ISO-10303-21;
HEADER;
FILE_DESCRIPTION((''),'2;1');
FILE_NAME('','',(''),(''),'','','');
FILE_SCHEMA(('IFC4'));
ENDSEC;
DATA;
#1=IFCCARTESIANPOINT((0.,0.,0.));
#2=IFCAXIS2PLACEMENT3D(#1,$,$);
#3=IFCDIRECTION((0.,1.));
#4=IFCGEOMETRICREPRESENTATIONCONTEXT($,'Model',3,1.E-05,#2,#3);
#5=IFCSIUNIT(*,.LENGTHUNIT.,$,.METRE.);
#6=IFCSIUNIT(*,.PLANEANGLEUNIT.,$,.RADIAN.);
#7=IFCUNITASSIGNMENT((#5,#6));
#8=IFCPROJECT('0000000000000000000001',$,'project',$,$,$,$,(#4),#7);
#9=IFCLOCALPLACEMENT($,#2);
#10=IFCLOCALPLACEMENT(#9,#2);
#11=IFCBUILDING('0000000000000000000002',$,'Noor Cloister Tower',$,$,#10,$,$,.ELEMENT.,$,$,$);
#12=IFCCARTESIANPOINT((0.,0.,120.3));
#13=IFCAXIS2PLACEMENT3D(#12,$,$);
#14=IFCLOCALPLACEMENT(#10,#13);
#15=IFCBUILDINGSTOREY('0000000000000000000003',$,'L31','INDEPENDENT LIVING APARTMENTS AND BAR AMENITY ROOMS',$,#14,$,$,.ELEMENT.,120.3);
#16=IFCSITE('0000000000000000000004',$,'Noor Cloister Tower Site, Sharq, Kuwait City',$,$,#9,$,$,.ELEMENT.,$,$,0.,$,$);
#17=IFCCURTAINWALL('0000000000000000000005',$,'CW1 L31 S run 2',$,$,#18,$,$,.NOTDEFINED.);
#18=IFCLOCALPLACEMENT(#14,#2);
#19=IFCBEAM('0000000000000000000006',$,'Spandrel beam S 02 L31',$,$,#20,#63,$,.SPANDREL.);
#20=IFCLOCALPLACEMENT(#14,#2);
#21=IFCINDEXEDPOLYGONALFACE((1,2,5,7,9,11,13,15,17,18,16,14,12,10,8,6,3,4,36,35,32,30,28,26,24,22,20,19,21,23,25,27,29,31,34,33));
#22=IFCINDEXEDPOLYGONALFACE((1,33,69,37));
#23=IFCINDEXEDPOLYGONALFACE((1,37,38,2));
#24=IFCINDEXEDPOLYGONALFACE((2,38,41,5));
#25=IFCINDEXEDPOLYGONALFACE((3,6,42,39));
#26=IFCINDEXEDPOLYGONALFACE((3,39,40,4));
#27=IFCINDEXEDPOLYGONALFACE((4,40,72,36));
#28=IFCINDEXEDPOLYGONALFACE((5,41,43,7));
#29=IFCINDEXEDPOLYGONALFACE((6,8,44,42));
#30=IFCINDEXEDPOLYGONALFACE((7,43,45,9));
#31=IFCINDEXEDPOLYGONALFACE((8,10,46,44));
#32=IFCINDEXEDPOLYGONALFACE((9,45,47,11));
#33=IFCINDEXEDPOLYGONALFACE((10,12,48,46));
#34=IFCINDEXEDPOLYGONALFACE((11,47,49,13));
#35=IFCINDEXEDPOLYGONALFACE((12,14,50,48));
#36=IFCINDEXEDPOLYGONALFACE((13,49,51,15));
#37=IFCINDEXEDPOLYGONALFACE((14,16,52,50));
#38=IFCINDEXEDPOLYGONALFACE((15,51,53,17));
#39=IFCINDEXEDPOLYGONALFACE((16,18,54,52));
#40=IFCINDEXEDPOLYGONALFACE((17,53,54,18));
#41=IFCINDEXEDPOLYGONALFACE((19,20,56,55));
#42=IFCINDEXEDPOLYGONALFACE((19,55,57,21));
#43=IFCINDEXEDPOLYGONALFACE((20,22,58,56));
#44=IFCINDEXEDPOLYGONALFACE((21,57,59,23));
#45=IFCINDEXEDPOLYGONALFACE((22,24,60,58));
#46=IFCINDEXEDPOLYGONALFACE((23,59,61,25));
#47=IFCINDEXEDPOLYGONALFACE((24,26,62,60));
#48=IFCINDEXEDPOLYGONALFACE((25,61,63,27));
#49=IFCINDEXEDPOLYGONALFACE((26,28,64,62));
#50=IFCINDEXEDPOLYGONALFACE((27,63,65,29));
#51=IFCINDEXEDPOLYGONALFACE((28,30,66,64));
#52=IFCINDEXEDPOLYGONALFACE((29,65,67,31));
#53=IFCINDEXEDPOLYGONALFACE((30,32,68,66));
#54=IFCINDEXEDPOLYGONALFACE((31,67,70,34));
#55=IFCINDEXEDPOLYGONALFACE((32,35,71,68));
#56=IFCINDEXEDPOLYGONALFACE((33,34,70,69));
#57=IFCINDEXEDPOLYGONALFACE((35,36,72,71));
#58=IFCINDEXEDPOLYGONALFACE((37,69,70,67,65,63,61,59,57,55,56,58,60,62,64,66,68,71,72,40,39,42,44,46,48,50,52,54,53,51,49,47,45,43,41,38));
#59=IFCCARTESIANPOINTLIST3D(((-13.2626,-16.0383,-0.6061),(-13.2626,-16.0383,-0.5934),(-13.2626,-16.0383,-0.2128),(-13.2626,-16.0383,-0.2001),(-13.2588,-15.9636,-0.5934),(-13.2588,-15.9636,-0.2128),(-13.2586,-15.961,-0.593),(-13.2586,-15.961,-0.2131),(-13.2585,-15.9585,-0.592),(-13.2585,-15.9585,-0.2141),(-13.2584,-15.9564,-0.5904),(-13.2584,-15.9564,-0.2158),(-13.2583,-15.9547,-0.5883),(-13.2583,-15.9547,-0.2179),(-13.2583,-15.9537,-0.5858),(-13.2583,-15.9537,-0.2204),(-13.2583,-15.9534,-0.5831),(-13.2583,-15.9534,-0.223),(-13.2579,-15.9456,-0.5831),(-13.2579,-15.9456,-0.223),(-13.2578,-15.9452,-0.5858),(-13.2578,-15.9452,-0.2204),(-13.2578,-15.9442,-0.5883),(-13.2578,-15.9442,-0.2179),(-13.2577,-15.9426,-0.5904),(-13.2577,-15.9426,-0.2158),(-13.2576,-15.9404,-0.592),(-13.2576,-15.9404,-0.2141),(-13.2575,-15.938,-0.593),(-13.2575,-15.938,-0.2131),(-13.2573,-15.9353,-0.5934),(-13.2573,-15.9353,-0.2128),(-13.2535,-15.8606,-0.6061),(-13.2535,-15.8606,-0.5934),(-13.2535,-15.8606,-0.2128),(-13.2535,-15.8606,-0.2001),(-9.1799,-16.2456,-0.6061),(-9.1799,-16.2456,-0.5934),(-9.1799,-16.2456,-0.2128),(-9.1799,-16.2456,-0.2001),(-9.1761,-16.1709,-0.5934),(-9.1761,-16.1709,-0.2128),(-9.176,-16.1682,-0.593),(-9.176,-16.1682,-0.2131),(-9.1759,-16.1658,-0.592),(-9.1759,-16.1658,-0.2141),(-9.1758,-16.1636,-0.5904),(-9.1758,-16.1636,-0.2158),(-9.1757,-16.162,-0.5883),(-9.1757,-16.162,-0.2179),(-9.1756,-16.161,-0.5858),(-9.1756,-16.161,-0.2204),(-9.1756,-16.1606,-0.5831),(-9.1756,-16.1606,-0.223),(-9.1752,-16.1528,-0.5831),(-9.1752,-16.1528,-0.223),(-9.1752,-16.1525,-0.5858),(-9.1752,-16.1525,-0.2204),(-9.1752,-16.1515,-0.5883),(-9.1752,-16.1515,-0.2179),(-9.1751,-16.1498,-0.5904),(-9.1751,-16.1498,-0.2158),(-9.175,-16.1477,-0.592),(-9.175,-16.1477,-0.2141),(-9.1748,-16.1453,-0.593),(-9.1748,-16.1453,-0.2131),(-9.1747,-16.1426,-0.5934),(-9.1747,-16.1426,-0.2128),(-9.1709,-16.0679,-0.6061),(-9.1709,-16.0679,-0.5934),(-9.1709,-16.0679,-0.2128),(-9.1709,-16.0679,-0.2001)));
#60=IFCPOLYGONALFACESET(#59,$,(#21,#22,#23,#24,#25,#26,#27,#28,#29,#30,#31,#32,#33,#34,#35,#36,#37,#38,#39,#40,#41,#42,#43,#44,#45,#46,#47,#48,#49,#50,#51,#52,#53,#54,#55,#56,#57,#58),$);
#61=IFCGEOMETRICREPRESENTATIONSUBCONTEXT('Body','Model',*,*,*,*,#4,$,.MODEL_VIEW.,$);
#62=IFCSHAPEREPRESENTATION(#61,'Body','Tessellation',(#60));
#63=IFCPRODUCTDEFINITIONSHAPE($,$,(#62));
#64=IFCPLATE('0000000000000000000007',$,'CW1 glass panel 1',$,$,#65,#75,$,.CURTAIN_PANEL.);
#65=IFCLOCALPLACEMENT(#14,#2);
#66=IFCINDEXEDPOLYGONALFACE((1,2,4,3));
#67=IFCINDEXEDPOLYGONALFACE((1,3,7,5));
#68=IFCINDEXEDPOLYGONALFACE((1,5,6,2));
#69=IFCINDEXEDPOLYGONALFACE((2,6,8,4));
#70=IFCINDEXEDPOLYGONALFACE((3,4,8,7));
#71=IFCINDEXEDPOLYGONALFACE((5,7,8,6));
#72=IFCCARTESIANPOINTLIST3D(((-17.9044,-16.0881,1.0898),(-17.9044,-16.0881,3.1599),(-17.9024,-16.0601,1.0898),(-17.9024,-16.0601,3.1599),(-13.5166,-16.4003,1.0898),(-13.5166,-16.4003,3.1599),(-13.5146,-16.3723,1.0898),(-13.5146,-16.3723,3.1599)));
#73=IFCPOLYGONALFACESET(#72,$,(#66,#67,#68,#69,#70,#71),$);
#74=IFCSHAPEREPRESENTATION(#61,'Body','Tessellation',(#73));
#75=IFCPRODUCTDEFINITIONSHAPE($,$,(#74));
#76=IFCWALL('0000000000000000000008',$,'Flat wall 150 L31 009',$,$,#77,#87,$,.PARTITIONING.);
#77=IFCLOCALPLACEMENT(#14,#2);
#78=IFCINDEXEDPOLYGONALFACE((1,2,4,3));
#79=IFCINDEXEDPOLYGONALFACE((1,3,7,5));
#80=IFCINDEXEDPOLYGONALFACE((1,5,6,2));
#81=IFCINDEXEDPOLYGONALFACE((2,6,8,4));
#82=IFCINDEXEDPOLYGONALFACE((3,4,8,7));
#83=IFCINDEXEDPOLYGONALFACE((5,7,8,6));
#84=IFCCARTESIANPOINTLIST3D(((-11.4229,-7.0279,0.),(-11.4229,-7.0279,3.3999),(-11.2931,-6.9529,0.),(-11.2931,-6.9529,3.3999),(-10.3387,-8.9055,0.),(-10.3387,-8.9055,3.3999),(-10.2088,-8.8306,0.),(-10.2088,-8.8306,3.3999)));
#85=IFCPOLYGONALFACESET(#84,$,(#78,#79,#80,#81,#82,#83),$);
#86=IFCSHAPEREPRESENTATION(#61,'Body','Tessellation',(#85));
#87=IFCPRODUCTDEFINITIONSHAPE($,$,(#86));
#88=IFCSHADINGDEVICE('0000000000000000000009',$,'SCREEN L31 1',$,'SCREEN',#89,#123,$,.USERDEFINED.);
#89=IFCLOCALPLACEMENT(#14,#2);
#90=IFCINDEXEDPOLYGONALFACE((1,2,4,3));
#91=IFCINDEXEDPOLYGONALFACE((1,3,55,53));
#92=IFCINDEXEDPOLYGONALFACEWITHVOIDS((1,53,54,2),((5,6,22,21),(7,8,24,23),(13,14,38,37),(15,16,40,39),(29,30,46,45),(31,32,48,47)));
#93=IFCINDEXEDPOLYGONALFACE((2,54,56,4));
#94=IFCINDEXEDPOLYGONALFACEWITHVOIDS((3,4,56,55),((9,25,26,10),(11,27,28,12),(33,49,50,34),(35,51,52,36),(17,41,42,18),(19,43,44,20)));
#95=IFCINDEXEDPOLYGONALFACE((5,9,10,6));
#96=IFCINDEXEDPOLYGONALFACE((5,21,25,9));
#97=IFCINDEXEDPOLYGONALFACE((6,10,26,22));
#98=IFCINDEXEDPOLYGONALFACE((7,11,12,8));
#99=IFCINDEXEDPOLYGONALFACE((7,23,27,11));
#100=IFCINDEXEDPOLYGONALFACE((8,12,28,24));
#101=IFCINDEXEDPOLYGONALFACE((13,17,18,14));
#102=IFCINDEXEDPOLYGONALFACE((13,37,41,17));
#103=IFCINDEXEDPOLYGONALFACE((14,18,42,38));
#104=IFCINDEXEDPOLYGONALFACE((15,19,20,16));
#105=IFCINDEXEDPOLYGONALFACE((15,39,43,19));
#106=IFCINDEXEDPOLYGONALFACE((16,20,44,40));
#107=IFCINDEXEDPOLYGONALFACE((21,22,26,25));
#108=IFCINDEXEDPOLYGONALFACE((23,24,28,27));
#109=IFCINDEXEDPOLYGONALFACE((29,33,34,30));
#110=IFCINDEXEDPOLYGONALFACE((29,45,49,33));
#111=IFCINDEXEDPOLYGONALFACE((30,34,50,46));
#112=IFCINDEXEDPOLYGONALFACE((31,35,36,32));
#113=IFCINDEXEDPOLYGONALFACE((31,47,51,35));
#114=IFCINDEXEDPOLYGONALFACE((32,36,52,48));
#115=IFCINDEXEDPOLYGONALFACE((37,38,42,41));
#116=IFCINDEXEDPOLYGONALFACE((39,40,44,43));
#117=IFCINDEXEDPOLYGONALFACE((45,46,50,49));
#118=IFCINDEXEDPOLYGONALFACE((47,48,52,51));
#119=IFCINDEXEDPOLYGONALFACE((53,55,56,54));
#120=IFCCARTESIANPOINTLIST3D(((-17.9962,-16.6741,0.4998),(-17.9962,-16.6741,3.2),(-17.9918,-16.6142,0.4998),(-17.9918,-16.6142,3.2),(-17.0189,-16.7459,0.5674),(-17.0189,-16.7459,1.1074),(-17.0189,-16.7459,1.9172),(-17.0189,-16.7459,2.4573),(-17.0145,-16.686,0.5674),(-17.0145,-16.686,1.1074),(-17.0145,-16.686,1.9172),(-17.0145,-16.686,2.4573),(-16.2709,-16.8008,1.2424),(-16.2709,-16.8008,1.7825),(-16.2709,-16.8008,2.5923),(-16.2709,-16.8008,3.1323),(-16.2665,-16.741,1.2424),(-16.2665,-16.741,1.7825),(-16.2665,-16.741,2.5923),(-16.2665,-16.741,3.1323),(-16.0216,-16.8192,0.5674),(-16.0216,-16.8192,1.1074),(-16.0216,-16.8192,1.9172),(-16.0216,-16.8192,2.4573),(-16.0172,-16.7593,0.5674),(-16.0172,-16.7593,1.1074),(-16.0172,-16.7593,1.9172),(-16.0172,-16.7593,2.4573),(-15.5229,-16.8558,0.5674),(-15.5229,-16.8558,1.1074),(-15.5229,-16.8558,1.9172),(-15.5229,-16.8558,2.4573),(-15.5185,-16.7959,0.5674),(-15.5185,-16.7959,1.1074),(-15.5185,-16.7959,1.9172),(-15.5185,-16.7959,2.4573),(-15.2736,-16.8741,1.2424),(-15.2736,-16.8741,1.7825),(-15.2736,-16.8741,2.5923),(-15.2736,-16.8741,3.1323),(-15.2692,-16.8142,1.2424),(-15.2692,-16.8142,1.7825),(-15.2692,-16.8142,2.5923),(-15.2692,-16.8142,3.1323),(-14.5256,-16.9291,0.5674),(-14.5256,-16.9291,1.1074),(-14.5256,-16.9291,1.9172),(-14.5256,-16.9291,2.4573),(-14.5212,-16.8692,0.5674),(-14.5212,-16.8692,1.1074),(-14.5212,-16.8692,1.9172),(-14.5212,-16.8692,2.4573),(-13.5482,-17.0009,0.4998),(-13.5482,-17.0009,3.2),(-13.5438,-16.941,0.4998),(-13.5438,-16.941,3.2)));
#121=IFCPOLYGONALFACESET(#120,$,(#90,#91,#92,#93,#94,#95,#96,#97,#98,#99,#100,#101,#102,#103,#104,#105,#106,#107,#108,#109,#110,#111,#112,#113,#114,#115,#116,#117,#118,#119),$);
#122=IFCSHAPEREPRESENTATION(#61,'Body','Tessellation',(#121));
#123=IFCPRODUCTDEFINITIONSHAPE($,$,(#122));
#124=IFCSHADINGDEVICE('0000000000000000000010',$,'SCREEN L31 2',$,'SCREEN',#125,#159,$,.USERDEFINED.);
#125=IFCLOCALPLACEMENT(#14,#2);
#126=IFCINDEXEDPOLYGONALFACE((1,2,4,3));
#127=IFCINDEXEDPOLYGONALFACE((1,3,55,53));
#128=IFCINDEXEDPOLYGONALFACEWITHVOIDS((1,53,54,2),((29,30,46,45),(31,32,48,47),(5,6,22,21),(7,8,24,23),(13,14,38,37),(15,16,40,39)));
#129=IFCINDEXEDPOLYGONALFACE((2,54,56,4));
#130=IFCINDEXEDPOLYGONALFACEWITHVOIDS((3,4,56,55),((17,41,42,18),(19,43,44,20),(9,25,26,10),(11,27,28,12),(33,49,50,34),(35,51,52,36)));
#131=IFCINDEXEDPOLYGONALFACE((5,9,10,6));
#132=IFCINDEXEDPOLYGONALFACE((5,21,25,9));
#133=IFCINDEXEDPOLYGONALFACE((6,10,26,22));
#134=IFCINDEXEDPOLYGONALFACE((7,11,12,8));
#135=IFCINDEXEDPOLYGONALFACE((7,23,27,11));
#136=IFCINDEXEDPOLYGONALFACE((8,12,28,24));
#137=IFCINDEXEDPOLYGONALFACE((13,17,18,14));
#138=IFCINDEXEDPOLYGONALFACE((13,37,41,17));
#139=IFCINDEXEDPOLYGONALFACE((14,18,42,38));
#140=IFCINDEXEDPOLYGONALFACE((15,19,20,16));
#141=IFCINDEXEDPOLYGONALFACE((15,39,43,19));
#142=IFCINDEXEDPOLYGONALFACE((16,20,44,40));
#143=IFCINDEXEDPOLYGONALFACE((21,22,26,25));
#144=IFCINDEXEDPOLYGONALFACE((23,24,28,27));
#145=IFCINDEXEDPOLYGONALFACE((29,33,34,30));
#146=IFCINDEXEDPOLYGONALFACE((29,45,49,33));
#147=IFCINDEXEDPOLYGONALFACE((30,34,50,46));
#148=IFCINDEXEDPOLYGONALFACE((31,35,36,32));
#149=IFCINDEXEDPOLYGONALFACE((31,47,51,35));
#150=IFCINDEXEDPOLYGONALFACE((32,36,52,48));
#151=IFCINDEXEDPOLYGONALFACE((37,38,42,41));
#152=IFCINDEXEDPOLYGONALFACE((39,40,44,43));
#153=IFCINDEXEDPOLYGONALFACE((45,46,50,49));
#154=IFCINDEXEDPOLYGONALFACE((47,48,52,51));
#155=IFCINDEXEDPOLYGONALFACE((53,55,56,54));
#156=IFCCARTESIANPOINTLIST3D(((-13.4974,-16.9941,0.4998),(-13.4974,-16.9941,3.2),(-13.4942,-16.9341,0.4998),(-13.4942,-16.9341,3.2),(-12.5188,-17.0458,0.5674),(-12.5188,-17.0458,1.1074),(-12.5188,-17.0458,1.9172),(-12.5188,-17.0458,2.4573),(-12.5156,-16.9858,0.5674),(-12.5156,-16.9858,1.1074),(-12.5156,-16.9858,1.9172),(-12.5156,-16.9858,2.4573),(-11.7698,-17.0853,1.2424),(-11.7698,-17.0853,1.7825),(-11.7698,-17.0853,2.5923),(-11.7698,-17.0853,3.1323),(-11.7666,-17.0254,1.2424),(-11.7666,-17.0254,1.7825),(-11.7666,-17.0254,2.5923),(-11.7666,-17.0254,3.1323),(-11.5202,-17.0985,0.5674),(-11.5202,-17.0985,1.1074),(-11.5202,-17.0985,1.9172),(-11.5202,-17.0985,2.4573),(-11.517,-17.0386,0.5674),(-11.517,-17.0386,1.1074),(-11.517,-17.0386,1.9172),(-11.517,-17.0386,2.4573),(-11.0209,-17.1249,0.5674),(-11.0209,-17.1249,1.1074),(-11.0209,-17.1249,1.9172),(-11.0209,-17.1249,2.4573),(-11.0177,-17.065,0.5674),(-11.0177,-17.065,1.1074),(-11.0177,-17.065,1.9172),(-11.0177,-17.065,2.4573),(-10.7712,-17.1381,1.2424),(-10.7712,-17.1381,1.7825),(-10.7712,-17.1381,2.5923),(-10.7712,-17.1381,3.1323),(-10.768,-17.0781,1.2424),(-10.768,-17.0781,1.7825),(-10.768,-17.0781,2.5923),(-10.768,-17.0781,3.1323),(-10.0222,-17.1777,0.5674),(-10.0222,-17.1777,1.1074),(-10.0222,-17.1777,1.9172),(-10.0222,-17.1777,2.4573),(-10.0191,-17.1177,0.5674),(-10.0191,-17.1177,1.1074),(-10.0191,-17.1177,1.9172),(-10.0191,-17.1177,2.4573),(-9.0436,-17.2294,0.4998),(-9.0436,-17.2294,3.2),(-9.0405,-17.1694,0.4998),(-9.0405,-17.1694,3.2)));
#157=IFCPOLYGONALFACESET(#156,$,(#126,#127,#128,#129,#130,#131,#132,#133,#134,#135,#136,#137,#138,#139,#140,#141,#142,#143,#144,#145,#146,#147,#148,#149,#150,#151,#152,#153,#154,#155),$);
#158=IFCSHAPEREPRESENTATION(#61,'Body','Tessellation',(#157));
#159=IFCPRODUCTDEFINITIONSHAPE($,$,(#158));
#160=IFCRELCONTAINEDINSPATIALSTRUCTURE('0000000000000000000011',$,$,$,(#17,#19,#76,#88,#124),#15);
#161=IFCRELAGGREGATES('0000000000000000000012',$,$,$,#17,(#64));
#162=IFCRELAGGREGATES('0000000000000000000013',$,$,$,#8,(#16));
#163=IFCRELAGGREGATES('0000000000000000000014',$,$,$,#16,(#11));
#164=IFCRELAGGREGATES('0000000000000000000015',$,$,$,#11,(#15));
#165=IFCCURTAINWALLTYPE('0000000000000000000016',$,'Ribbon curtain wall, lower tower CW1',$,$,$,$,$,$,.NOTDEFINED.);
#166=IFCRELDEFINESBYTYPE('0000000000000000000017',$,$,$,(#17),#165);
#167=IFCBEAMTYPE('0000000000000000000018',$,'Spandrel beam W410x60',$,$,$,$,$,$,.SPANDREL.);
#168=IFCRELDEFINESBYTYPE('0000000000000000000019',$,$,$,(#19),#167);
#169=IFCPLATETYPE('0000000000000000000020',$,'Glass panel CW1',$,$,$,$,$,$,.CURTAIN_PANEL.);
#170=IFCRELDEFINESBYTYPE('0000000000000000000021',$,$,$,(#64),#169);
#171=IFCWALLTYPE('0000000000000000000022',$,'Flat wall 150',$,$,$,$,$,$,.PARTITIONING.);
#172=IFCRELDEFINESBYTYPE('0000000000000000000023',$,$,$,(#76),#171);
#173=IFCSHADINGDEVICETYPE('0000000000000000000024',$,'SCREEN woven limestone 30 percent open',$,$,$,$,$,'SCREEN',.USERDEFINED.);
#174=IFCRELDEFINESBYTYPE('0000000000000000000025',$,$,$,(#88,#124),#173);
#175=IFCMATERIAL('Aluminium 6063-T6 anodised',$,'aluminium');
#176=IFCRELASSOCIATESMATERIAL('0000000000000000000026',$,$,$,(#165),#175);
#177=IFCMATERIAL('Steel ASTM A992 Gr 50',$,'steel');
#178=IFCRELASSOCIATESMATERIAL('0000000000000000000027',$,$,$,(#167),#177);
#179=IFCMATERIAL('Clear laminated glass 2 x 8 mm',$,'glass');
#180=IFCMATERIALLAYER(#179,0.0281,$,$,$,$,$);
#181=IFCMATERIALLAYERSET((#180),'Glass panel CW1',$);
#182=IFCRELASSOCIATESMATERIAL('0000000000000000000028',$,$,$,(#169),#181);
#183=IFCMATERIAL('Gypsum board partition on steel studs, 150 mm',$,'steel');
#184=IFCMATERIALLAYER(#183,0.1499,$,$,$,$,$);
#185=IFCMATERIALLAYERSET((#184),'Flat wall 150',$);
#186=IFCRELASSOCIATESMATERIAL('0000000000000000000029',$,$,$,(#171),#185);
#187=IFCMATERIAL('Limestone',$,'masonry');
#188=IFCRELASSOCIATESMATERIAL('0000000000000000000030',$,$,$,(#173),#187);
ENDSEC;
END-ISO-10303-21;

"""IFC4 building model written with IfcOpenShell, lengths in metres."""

from ifc_helpers import new_model, si_unit, direction, frame, frame_2d, origin, origin_2d, place, context, subcontext, project, spatial, polyline, rectangle, i_section, outline, extrude, material, layer, layer_set, material_profile, profile_set, type_object, element, aggregate, save


model = new_model("IFC4")

# Units and contexts
model_context = context("Model", 3, precision=1e-05, world=origin(), true_north=direction((0.0, 1.0)))
body_context = subcontext(model_context, "Body", "Model", "MODEL_VIEW")
ifc_project = project(units=[si_unit("LENGTHUNIT", "METRE"), si_unit("PLANEANGLEUNIT", "RADIAN")], contexts=[model_context])

# Site, building, storey
site_placement = place(None, origin())
site = spatial("IfcSite", under=ifc_project, at=site_placement, Name="Noor Cloister Tower Site, Sharq, Kuwait City", CompositionType="ELEMENT", RefElevation=0.0)
building_placement = place(site_placement, origin())
building = spatial("IfcBuilding", under=site, at=building_placement, Name="Noor Cloister Tower", CompositionType="ELEMENT")
storey_placement = place(building_placement, frame((0.0, 0.0, 120.3)))
storey = spatial("IfcBuildingStorey", under=building, at=storey_placement, Name="L31", Description="INDEPENDENT LIVING APARTMENTS AND BAR AMENITY ROOMS", CompositionType="ELEMENT", Elevation=120.3)

# Shared definitions
ifc_material_1 = material(Name="Aluminium 6063-T6 anodised", Category="aluminium")
curtain_wall_type = type_object("IfcCurtainWallType", Name="Ribbon curtain wall, lower tower CW1", PredefinedType="NOTDEFINED", material=ifc_material_1)

# Curtain wall
curtain_wall_1_placement = place(storey_placement, origin())
curtain_wall_1 = element("IfcCurtainWall", 1, at=curtain_wall_1_placement, inside=storey, type_object=curtain_wall_type, Name="CW1 L31 S run 2", PredefinedType="NOTDEFINED")

# Beam
ifc_material_2 = material(Name="Steel ASTM A992 Gr 50", Category="steel")
ifc_material_profile_1 = material_profile(ifc_material_2, i_section(OverallWidth=0.178, OverallDepth=0.406, WebThickness=0.0078, FlangeThickness=0.0127, FilletRadius=0.0103, at=origin_2d()), Name="W410x60")
ifc_profile_set_1 = profile_set([ifc_material_profile_1], Name="Steel ASTM A992 Gr 50")
beam_type_1 = type_object("IfcBeamType", Name="Spandrel beam W410x60", PredefinedType="SPANDREL", material=ifc_profile_set_1)
beam_1_placement = place(storey_placement, frame((-13.2581, -15.9495, -0.4031), z_axis=(0.998714, -0.050706, 0.0), x_axis=(0.050706, 0.998714, 0.0)))
element("IfcBeam", 2, at=beam_1_placement, inside=storey, type_object=beam_type_1, Name="Spandrel beam S 02 L31", PredefinedType="SPANDREL", context=body_context, shape_type="SweptSolid", body=[
    extrude(i_section(OverallWidth=0.178, OverallDepth=0.406, WebThickness=0.0078, FlangeThickness=0.0127, FilletRadius=0.0103, at=origin_2d()), origin(), (0.0, 0.0, 1.0), 4.0879),
])

# Plate
ifc_material_3 = material(Name="Clear laminated glass 2 x 8 mm", Category="glass")
ifc_layer_1 = layer(ifc_material_3, 0.0281)
ifc_layer_set_1 = layer_set([ifc_layer_1], Name="Glass panel CW1")
plate_type = type_object("IfcPlateType", Name="Glass panel CW1", PredefinedType="CURTAIN_PANEL", material=ifc_layer_set_1)
plate_placement = place(storey_placement, frame((-15.7095, -16.2302, 1.0898), z_axis=(0.0, 0.0, 1.0), x_axis=(0.997478, -0.070972, 0.0)))
plate = element("IfcPlate", 3, at=plate_placement, type_object=plate_type, Name="CW1 glass panel 1", PredefinedType="CURTAIN_PANEL", context=body_context, shape_type="SweptSolid", body=[
    extrude(rectangle(XDim=4.3989, YDim=0.0281, at=origin_2d()), origin(), (0.0, 0.0, 1.0), 2.0701),
])
aggregate(curtain_wall_1, [plate])

# Wall
ifc_material_4 = material(Name="Gypsum board partition on steel studs, 150 mm", Category="steel")
ifc_layer_2 = layer(ifc_material_4, 0.1499)
ifc_layer_set_2 = layer_set([ifc_layer_2], Name="Flat wall 150")
wall_type = type_object("IfcWallType", Name="Flat wall 150", PredefinedType="PARTITIONING", material=ifc_layer_set_2)
wall_placement = place(storey_placement, frame((-11.3579, -6.9905, 0.0), z_axis=(0.0, 0.0, 1.0), x_axis=(0.500051, -0.865996, 0.0)))
element("IfcWall", 4, at=wall_placement, inside=storey, type_object=wall_type, Name="Flat wall 150 L31 009", PredefinedType="PARTITIONING", context=body_context, shape_type="SweptSolid", body=[
    extrude(rectangle(XDim=2.1682, YDim=0.1499, at=frame_2d((1.084, 0.0))), origin(), (0.0, 0.0, 1.0), 3.3999),
])

# Shading devices
ifc_material_5 = material(Name="Limestone", Category="masonry")
ifc_material_profile_2 = material_profile(ifc_material_5, outline(polyline([(-2.23, -1.3501), (2.23, -1.3501), (2.23, 1.3501), (-2.23, 1.3501), (-2.23, -1.3501)]), holes=[polyline([(-1.25, -1.2825), (-0.25, -1.2825), (-0.25, -0.7424), (-1.25, -0.7424), (-1.25, -1.2825)]), polyline([(0.25, -1.2825), (1.25, -1.2825), (1.25, -0.7424), (0.25, -0.7424), (0.25, -1.2825)]), polyline([(-0.5, -0.6074), (0.5, -0.6074), (0.5, -0.0674), (-0.5, -0.0674), (-0.5, -0.6074)]), polyline([(-1.25, 0.0674), (-0.25, 0.0674), (-0.25, 0.6074), (-1.25, 0.6074), (-1.25, 0.0674)]), polyline([(0.25, 0.0674), (1.25, 0.0674), (1.25, 0.6074), (0.25, 0.6074), (0.25, 0.0674)]), polyline([(-0.5, 0.7424), (0.5, 0.7424), (0.5, 1.2825), (-0.5, 1.2825), (-0.5, 0.7424)])]), Name="Woven screen 30 percent open")
ifc_profile_set_2 = profile_set([ifc_material_profile_2], Name="Limestone")
shading_device_type = type_object("IfcShadingDeviceType", Name="SCREEN woven limestone 30 percent open", ElementType="SCREEN", PredefinedType="USERDEFINED", material=ifc_profile_set_2)
for number, where, z_axis, x_axis, name in (
    (5, (-15.7678, -16.7776, 1.8499), (-0.073272, -0.997312, 0.0), (0.997312, -0.073272, 0.0), "SCREEN L31 1"),
    (6, (-11.2673, -17.0518, 1.8499), (-0.052772, -0.998607, 0.0), (0.998607, -0.052772, 0.0), "SCREEN L31 2"),
):
    element("IfcShadingDevice", number, at=place(storey_placement, frame(where, z_axis=z_axis, x_axis=x_axis)), inside=storey, type_object=shading_device_type, Name=name, ObjectType="SCREEN", PredefinedType="USERDEFINED", context=body_context, shape_type="SweptSolid", body=[
        extrude(outline(polyline([(-2.23, -1.3501), (2.23, -1.3501), (2.23, 1.3501), (-2.23, 1.3501), (-2.23, -1.3501)]), holes=[polyline([(-1.25, -1.2825), (-0.25, -1.2825), (-0.25, -0.7424), (-1.25, -0.7424), (-1.25, -1.2825)]), polyline([(0.25, -1.2825), (1.25, -1.2825), (1.25, -0.7424), (0.25, -0.7424), (0.25, -1.2825)]), polyline([(-0.5, -0.6074), (0.5, -0.6074), (0.5, -0.0674), (-0.5, -0.0674), (-0.5, -0.6074)]), polyline([(-1.25, 0.0674), (-0.25, 0.0674), (-0.25, 0.6074), (-1.25, 0.6074), (-1.25, 0.0674)]), polyline([(0.25, 0.0674), (1.25, 0.0674), (1.25, 0.6074), (0.25, 0.6074), (0.25, 0.0674)]), polyline([(-0.5, 0.7424), (0.5, 0.7424), (0.5, 1.2825), (-0.5, 1.2825), (-0.5, 0.7424)])]), origin(), (0.0, 0.0, 1.0), 0.0601),
    ])

save(model, "model.ifc")
